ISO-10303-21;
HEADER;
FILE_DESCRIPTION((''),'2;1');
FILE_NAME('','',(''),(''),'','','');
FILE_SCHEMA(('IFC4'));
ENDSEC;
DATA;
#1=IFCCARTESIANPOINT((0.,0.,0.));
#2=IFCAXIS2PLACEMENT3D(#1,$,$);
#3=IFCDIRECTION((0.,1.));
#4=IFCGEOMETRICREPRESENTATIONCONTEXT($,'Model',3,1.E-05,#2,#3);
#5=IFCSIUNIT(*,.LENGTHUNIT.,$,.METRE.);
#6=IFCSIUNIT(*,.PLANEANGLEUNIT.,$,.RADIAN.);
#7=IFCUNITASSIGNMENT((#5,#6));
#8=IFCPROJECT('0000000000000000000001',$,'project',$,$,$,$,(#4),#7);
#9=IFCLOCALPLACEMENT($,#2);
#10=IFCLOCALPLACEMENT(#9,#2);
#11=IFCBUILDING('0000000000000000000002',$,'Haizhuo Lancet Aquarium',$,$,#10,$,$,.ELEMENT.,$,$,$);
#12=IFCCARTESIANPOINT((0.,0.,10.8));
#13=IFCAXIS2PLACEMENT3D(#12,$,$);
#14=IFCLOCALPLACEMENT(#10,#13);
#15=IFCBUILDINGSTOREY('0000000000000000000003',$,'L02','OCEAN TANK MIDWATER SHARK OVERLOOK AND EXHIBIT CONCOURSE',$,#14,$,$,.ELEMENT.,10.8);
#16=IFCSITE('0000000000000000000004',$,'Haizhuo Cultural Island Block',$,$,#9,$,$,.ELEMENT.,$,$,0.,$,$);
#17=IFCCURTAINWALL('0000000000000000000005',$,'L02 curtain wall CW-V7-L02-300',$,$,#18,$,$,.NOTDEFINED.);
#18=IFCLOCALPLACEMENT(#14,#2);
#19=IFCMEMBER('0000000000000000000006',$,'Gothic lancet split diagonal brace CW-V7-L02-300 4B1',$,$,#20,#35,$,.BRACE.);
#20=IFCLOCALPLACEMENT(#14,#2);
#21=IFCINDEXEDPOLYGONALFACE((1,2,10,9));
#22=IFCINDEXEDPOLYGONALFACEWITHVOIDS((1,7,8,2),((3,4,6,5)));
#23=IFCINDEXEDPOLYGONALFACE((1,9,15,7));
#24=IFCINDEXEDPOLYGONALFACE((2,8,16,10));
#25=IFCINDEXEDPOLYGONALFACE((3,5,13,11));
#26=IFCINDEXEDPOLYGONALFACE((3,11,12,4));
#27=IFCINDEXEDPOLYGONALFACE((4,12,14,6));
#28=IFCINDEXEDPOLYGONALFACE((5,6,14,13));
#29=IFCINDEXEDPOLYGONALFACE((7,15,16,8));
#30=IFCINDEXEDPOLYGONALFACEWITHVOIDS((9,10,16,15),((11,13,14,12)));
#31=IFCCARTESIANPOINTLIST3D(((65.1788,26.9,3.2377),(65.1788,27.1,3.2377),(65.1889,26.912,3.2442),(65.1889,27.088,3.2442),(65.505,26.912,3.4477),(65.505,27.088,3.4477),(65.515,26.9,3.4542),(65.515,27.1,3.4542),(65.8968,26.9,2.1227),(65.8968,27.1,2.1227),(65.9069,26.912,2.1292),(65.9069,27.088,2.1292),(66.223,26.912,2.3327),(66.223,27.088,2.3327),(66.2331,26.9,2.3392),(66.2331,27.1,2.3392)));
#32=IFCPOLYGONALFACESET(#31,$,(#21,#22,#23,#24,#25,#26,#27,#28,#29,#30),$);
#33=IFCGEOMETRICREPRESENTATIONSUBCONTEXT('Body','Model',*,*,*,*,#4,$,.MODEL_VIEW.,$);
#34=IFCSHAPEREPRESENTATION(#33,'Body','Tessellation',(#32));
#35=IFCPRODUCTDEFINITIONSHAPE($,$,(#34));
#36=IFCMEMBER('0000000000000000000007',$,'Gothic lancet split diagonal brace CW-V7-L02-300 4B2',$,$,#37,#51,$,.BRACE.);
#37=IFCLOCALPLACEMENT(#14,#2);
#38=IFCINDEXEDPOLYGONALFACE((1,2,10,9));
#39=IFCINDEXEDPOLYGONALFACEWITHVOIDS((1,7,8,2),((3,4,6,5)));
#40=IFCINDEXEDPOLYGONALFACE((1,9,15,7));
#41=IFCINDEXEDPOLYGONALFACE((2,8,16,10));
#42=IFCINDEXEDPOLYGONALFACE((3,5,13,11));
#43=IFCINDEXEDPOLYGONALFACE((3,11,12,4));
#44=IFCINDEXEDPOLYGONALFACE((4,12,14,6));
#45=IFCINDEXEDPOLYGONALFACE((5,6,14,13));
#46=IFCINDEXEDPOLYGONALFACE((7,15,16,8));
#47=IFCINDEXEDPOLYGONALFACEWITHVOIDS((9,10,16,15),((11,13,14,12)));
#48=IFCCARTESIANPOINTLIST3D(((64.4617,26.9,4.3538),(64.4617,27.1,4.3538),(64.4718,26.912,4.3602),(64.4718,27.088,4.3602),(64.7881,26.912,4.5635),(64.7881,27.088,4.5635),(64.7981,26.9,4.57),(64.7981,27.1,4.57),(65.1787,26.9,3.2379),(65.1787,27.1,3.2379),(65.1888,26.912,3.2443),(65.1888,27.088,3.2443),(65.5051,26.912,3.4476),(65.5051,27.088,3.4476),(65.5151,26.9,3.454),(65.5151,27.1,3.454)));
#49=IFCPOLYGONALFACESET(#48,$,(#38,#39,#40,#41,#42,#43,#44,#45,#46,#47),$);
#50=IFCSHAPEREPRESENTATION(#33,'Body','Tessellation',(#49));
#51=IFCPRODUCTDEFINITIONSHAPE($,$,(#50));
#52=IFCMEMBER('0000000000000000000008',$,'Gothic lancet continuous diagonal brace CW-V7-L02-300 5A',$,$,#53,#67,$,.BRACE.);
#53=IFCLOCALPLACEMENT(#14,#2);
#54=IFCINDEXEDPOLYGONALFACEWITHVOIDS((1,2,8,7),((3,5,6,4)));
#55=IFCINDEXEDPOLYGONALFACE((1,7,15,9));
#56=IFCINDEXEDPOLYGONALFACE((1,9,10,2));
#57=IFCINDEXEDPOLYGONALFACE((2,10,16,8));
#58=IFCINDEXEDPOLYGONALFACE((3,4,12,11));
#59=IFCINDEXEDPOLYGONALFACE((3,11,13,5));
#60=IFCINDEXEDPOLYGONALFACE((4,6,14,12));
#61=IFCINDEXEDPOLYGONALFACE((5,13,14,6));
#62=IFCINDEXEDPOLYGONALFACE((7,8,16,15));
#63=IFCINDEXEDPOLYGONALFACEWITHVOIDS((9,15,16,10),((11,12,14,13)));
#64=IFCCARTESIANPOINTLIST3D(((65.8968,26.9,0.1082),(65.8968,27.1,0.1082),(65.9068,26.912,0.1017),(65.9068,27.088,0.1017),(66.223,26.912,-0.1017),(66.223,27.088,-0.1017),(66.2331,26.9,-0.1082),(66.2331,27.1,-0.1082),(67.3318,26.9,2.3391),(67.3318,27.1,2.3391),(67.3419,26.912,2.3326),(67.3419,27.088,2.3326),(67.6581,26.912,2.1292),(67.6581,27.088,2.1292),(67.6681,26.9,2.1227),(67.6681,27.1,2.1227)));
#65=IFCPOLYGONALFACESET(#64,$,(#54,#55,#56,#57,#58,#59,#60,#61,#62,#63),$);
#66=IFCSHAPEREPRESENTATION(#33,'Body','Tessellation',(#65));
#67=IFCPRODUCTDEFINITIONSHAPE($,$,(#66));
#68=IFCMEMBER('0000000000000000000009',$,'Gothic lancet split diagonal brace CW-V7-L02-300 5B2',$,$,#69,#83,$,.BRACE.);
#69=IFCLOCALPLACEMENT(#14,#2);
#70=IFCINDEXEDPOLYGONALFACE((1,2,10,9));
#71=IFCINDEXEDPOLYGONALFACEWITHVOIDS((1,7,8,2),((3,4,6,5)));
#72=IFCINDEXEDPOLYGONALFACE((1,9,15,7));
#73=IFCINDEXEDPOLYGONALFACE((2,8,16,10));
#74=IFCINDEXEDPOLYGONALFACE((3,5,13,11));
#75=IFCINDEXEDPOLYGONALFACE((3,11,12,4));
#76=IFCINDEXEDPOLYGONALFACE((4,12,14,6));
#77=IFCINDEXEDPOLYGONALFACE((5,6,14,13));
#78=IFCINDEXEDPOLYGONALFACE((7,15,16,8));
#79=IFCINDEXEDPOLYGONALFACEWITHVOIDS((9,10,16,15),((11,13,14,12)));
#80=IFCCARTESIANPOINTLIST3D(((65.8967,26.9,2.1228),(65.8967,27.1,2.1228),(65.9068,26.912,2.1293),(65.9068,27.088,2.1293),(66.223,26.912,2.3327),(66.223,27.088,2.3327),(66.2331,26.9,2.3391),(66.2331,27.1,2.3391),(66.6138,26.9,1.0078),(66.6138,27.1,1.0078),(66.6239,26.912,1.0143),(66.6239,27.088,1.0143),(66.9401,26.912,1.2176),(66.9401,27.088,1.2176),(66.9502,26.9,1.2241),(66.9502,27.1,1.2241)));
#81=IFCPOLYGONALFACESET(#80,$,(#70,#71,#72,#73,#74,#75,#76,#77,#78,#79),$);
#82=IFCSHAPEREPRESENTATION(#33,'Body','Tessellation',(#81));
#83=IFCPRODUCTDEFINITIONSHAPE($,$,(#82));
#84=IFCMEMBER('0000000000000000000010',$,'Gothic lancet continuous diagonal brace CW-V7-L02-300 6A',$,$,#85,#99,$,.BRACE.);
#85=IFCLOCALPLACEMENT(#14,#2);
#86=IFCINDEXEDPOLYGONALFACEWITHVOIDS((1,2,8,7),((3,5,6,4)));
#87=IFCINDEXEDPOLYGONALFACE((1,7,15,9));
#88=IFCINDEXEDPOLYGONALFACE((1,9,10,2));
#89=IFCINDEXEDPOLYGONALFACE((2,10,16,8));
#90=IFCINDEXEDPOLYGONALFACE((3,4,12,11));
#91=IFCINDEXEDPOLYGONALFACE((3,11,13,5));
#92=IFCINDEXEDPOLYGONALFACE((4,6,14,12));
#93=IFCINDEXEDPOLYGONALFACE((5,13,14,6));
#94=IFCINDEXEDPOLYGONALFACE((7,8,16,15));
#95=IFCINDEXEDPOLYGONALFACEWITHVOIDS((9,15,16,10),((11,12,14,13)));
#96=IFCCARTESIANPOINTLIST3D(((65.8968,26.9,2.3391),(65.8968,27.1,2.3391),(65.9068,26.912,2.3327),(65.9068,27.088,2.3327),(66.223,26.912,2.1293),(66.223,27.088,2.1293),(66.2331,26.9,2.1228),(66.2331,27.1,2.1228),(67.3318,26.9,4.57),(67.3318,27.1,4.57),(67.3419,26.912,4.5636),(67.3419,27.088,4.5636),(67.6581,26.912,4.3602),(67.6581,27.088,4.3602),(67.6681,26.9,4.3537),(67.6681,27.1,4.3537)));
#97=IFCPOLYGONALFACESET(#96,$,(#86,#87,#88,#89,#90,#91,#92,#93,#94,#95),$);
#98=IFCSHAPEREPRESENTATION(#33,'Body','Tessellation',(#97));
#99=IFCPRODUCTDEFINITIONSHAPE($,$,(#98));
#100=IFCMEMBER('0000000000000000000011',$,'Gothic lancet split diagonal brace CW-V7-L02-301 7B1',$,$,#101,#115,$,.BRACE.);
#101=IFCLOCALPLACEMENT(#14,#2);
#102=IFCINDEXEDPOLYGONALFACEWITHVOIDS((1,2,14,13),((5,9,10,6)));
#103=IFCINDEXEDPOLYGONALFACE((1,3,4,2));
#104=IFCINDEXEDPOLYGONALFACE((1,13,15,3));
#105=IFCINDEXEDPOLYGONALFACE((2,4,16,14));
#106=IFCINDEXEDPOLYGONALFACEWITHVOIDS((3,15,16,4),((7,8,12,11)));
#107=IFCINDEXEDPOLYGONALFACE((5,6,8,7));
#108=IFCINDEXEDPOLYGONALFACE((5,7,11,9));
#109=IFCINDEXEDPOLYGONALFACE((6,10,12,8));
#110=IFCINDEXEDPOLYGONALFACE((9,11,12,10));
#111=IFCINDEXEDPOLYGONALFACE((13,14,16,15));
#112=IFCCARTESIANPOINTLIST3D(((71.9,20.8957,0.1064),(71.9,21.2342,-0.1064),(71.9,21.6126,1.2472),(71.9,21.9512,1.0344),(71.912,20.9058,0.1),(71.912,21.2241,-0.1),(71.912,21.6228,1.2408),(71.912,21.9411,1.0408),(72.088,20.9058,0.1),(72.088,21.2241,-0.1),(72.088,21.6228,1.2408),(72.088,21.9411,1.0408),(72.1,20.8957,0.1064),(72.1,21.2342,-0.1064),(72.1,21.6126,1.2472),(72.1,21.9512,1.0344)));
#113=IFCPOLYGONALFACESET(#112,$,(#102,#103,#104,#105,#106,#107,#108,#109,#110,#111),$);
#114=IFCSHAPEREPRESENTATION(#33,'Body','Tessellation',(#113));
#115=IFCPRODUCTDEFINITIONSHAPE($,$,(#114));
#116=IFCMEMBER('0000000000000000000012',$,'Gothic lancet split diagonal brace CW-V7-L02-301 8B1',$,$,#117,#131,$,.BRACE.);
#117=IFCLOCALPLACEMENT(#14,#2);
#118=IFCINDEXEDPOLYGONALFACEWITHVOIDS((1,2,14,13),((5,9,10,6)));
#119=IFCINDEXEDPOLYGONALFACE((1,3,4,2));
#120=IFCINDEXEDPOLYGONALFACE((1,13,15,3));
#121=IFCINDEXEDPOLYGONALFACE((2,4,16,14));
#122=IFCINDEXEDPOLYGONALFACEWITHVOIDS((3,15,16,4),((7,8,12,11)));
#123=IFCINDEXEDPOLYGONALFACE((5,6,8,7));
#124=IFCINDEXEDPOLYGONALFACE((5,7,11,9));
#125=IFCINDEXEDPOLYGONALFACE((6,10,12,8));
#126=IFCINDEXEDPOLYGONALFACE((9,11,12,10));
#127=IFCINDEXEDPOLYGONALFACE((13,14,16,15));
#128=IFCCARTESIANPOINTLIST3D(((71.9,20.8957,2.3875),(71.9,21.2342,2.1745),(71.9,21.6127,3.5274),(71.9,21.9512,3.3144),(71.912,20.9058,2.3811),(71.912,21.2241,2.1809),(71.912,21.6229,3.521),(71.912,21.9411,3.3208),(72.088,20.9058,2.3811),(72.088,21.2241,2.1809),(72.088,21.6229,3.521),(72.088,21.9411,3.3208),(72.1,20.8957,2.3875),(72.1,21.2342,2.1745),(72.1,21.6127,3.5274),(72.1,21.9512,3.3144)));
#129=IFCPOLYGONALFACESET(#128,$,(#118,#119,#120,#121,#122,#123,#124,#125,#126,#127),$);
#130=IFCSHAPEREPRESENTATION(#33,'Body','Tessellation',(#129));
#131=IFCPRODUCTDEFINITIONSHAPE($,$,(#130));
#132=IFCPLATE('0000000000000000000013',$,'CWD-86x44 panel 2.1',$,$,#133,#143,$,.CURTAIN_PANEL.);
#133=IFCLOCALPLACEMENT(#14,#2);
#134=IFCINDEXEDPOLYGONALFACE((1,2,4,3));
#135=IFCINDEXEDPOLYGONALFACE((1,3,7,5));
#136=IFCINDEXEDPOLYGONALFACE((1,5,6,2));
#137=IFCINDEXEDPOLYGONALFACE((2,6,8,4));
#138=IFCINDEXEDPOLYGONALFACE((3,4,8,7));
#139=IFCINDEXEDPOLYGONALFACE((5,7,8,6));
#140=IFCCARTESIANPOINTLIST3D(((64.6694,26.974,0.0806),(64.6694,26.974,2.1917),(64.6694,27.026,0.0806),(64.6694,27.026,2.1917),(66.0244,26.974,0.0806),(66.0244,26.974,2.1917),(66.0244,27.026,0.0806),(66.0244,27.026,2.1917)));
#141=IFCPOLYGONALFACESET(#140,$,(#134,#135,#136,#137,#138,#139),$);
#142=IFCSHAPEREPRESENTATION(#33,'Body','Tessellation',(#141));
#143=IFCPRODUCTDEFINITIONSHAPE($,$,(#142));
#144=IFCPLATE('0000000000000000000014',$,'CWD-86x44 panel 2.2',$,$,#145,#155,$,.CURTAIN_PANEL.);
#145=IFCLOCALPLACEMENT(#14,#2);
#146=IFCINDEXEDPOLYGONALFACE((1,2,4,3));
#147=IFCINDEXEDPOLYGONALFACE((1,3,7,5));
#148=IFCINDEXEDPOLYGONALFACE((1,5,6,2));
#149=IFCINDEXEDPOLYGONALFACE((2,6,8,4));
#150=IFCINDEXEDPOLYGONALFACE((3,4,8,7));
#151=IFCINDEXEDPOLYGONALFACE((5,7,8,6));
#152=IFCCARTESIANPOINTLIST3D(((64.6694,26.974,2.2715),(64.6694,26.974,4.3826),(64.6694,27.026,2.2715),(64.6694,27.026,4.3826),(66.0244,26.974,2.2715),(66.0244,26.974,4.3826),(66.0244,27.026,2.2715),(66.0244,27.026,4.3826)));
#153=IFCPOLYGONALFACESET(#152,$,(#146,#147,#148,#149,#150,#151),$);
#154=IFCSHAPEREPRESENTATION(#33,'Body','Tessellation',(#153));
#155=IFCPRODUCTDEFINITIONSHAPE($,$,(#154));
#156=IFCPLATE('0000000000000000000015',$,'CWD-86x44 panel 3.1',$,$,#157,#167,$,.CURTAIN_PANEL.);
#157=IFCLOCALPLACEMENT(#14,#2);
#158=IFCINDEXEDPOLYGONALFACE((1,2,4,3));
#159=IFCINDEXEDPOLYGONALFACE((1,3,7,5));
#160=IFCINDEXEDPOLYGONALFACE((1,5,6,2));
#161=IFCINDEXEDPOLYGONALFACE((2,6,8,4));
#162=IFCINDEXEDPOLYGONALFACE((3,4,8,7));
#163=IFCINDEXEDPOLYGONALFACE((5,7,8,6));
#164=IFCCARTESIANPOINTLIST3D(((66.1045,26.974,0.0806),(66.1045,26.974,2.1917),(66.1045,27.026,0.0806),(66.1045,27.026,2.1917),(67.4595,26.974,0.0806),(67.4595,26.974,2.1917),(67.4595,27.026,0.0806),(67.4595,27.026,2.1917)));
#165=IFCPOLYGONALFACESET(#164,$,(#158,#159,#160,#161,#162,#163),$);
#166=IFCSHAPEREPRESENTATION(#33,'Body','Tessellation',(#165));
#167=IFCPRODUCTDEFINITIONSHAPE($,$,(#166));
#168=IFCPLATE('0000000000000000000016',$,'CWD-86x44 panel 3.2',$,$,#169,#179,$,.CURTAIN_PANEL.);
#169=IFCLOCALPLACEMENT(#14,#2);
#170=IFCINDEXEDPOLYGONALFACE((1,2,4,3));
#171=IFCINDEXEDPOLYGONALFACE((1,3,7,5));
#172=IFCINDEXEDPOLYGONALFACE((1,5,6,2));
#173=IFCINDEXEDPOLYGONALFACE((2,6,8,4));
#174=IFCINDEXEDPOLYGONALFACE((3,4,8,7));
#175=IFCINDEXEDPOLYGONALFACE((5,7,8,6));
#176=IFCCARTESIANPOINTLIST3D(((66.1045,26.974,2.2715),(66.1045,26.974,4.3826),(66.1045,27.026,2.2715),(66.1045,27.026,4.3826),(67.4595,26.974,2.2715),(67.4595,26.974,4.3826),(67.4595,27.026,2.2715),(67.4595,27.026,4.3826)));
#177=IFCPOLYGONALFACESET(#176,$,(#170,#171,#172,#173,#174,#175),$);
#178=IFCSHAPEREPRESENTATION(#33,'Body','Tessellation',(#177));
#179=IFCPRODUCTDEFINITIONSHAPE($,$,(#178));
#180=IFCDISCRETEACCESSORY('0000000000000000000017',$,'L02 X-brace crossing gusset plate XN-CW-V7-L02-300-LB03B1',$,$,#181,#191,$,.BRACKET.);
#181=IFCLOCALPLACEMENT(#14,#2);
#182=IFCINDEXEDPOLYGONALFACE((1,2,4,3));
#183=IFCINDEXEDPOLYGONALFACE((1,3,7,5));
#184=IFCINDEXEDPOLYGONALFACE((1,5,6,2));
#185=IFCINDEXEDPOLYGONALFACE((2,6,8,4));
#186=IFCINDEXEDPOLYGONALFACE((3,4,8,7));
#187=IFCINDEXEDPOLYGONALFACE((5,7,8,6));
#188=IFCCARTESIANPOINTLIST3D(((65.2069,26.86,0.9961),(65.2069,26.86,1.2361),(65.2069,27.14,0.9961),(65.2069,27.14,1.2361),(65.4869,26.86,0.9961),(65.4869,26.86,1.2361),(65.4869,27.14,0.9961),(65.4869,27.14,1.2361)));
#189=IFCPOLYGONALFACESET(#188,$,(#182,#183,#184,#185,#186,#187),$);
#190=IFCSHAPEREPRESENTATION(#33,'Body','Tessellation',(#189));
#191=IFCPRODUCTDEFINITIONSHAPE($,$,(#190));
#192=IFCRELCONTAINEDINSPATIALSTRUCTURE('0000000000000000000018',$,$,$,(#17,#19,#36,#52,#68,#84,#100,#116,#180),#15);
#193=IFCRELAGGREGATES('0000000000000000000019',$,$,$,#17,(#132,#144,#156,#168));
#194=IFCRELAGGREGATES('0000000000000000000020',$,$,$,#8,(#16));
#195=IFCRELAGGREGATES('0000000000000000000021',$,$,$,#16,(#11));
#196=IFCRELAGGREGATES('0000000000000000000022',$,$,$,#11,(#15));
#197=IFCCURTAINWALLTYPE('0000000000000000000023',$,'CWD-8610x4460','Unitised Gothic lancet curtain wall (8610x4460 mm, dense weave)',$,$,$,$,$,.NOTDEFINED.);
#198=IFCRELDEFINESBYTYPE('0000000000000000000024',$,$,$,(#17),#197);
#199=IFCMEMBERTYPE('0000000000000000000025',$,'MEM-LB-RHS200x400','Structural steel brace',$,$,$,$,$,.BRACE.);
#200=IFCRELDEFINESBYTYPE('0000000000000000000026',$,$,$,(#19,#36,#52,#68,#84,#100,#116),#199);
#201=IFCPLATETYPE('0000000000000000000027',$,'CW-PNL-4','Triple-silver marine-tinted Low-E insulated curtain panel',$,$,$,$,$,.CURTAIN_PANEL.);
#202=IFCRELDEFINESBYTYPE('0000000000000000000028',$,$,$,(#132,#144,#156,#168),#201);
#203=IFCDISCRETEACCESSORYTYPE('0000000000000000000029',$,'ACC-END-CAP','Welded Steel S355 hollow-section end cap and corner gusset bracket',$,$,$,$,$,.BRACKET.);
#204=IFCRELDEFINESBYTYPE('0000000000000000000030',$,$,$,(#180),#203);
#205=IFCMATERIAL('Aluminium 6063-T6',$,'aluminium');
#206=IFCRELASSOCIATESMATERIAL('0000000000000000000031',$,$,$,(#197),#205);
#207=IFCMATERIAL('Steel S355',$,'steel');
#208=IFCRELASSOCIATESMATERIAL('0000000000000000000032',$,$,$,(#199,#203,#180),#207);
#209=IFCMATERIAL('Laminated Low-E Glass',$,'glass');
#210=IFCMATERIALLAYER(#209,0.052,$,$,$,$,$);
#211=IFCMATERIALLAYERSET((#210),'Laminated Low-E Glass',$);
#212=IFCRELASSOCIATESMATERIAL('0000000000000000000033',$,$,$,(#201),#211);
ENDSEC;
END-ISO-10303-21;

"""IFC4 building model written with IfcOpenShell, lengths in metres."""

from ifc_helpers import new_model, si_unit, direction, frame, origin, origin_2d, place, context, subcontext, project, spatial, rectangle, hollow_rectangle, extrude, material, layer, layer_set, material_profile, profile_set, type_object, element, aggregate, save


model = new_model("IFC4")

# Units and contexts
model_context = context("Model", 3, precision=1e-05, world=origin(), true_north=direction((0.0, 1.0)))
body_context = subcontext(model_context, "Body", "Model", "MODEL_VIEW")
ifc_project = project(units=[si_unit("LENGTHUNIT", "METRE"), si_unit("PLANEANGLEUNIT", "RADIAN")], contexts=[model_context])

# Site, building, storey
site_placement = place(None, origin())
site = spatial("IfcSite", under=ifc_project, at=site_placement, Name="Haizhuo Cultural Island Block", CompositionType="ELEMENT", RefElevation=0.0)
building_placement = place(site_placement, origin())
building = spatial("IfcBuilding", under=site, at=building_placement, Name="Haizhuo Lancet Aquarium", CompositionType="ELEMENT")
storey_placement = place(building_placement, frame((0.0, 0.0, 10.8)))
storey = spatial("IfcBuildingStorey", under=building, at=storey_placement, Name="L02", Description="OCEAN TANK MIDWATER SHARK OVERLOOK AND EXHIBIT CONCOURSE", CompositionType="ELEMENT", Elevation=10.8)

# Curtain wall
ifc_material_1 = material(Name="Aluminium 6063-T6", Category="aluminium")
curtain_wall_type_1 = type_object("IfcCurtainWallType", Name="CWD-8610x4460", Description="Unitised Gothic lancet curtain wall (8610x4460 mm, dense weave)", PredefinedType="NOTDEFINED", material=ifc_material_1)
curtain_wall_1_placement = place(storey_placement, origin())
curtain_wall_1 = element("IfcCurtainWall", 1, at=curtain_wall_1_placement, inside=storey, type_object=curtain_wall_type_1, Name="L02 curtain wall CW-V7-L02-300", PredefinedType="NOTDEFINED")

# Members
ifc_material_2 = material(Name="Steel S355", Category="steel")
ifc_material_profile_1 = material_profile(ifc_material_2, hollow_rectangle(XDim=0.2, YDim=0.3999, WallThickness=0.012, at=origin_2d()), Name="RHS 200x400x12")
ifc_profile_set_1 = profile_set([ifc_material_profile_1], Name="Steel S355")
member_type_1 = type_object("IfcMemberType", Name="MEM-LB-RHS200x400", Description="Structural steel brace", PredefinedType="BRACE", material=ifc_profile_set_1)
member_1_placement = place(storey_placement, frame((66.0649, 27.0, 2.231), z_axis=(-0.541418, 0.0, 0.840754), x_axis=(0.0, -1.0, 0.0)))
element("IfcMember", 2, at=member_1_placement, inside=storey, type_object=member_type_1, Name="Gothic lancet split diagonal brace CW-V7-L02-300 4B1", PredefinedType="BRACE", context=body_context, shape_type="SweptSolid", body=[
    extrude(hollow_rectangle(XDim=0.2, YDim=0.3999, WallThickness=0.012, at=origin_2d()), origin(), (0.0, 0.0, 1.0), 1.3262),
])
member_2_placement = place(storey_placement, frame((65.3469, 27.0, 3.3459), z_axis=(-0.540562, 0.0, 0.841304), x_axis=(0.0, -1.0, 0.0)))
element("IfcMember", 3, at=member_2_placement, inside=storey, type_object=member_type_1, Name="Gothic lancet split diagonal brace CW-V7-L02-300 4B2", PredefinedType="BRACE", context=body_context, shape_type="SweptSolid", body=[
    extrude(hollow_rectangle(XDim=0.2, YDim=0.3999, WallThickness=0.012, at=origin_2d()), origin(), (0.0, 0.0, 1.0), 1.3264),
])
member_3_placement = place(storey_placement, frame((66.0649, 27.0, 0.0), z_axis=(0.54099, 0.0, 0.841029), x_axis=(0.0, 1.0, 0.0)))
element("IfcMember", 4, at=member_3_placement, inside=storey, type_object=member_type_1, Name="Gothic lancet continuous diagonal brace CW-V7-L02-300 5A", PredefinedType="BRACE", context=body_context, shape_type="SweptSolid", body=[
    extrude(hollow_rectangle(XDim=0.2, YDim=0.3999, WallThickness=0.012, at=origin_2d()), origin(), (0.0, 0.0, 1.0), 2.6526),
])
member_4_placement = place(storey_placement, frame((66.782, 27.0, 1.116), z_axis=(-0.540897, 0.0, 0.841089), x_axis=(0.0, -1.0, 0.0)))
element("IfcMember", 5, at=member_4_placement, inside=storey, type_object=member_type_1, Name="Gothic lancet split diagonal brace CW-V7-L02-300 5B2", PredefinedType="BRACE", context=body_context, shape_type="SweptSolid", body=[
    extrude(hollow_rectangle(XDim=0.2, YDim=0.3999, WallThickness=0.012, at=origin_2d()), origin(), (0.0, 0.0, 1.0), 1.3257),
])
member_5_placement = place(storey_placement, frame((66.0649, 27.0, 2.231), z_axis=(0.54099, 0.0, 0.841029), x_axis=(0.0, 1.0, 0.0)))
element("IfcMember", 6, at=member_5_placement, inside=storey, type_object=member_type_1, Name="Gothic lancet continuous diagonal brace CW-V7-L02-300 6A", PredefinedType="BRACE", context=body_context, shape_type="SweptSolid", body=[
    extrude(hollow_rectangle(XDim=0.2, YDim=0.3999, WallThickness=0.012, at=origin_2d()), origin(), (0.0, 0.0, 1.0), 2.6526),
])
member_6_placement = place(storey_placement, frame((72.0, 21.0649, 0.0), z_axis=(0.0, 0.532131, 0.846662), x_axis=(-1.0, 0.0, 0.0)))
element("IfcMember", 7, at=member_6_placement, inside=storey, type_object=member_type_1, Name="Gothic lancet split diagonal brace CW-V7-L02-301 7B1", PredefinedType="BRACE", context=body_context, shape_type="SweptSolid", body=[
    extrude(hollow_rectangle(XDim=0.2, YDim=0.3999, WallThickness=0.012, at=origin_2d()), origin(), (0.0, 0.0, 1.0), 1.3474),
])
member_7_placement = place(storey_placement, frame((72.0, 21.0649, 2.281), z_axis=(0.0, 0.532457, 0.846457), x_axis=(-1.0, 0.0, 0.0)))
element("IfcMember", 8, at=member_7_placement, inside=storey, type_object=member_type_1, Name="Gothic lancet split diagonal brace CW-V7-L02-301 8B1", PredefinedType="BRACE", context=body_context, shape_type="SweptSolid", body=[
    extrude(hollow_rectangle(XDim=0.2, YDim=0.3999, WallThickness=0.012, at=origin_2d()), origin(), (0.0, 0.0, 1.0), 1.3467),
])

# Plates
ifc_material_3 = material(Name="Laminated Low-E Glass", Category="glass")
ifc_layer = layer(ifc_material_3, 0.052)
ifc_layer_set = layer_set([ifc_layer], Name="Laminated Low-E Glass")
plate_type = type_object("IfcPlateType", Name="CW-PNL-4", Description="Triple-silver marine-tinted Low-E insulated curtain panel", PredefinedType="CURTAIN_PANEL", material=ifc_layer_set)
plate_1_placement = place(storey_placement, frame((65.3469, 27.0, 0.0806), z_axis=(0.0, 0.0, 1.0), x_axis=(1.0, 0.0, 0.0)))
plate_1 = element("IfcPlate", 9, at=plate_1_placement, type_object=plate_type, Name="CWD-86x44 panel 2.1", PredefinedType="CURTAIN_PANEL", context=body_context, shape_type="SweptSolid", body=[
    extrude(rectangle(XDim=1.355, YDim=0.052, at=origin_2d()), origin(), (0.0, 0.0, 1.0), 2.1111),
])
plate_2_placement = place(storey_placement, frame((65.3469, 27.0, 2.2715), z_axis=(0.0, 0.0, 1.0), x_axis=(1.0, 0.0, 0.0)))
plate_2 = element("IfcPlate", 10, at=plate_2_placement, type_object=plate_type, Name="CWD-86x44 panel 2.2", PredefinedType="CURTAIN_PANEL", context=body_context, shape_type="SweptSolid", body=[
    extrude(rectangle(XDim=1.355, YDim=0.052, at=origin_2d()), origin(), (0.0, 0.0, 1.0), 2.1111),
])
plate_3_placement = place(storey_placement, frame((66.782, 27.0, 0.0806), z_axis=(0.0, 0.0, 1.0), x_axis=(1.0, 0.0, 0.0)))
plate_3 = element("IfcPlate", 11, at=plate_3_placement, type_object=plate_type, Name="CWD-86x44 panel 3.1", PredefinedType="CURTAIN_PANEL", context=body_context, shape_type="SweptSolid", body=[
    extrude(rectangle(XDim=1.355, YDim=0.052, at=origin_2d()), origin(), (0.0, 0.0, 1.0), 2.1111),
])
plate_4_placement = place(storey_placement, frame((66.782, 27.0, 2.2715), z_axis=(0.0, 0.0, 1.0), x_axis=(1.0, 0.0, 0.0)))
plate_4 = element("IfcPlate", 12, at=plate_4_placement, type_object=plate_type, Name="CWD-86x44 panel 3.2", PredefinedType="CURTAIN_PANEL", context=body_context, shape_type="SweptSolid", body=[
    extrude(rectangle(XDim=1.355, YDim=0.052, at=origin_2d()), origin(), (0.0, 0.0, 1.0), 2.1111),
])
aggregate(curtain_wall_1, [plate_1, plate_2, plate_3, plate_4])

# Discrete accessory
discrete_accessory_type = type_object("IfcDiscreteAccessoryType", Name="ACC-END-CAP", Description="Welded Steel S355 hollow-section end cap and corner gusset bracket", PredefinedType="BRACKET", material=ifc_material_2)
for number, where, z_axis, x_axis, name in (
    (13, (65.3469, 27.0, 0.9961), (0.0, 0.0, 1.0), (1.0, 0.0, 0.0), "L02 X-brace crossing gusset plate XN-CW-V7-L02-300-LB03B1"),
):
    element("IfcDiscreteAccessory", number, at=place(storey_placement, frame(where, z_axis=z_axis, x_axis=x_axis)), inside=storey, type_object=discrete_accessory_type, material=ifc_material_2, Name=name, PredefinedType="BRACKET", context=body_context, shape_type="SweptSolid", body=[
        extrude(rectangle(XDim=0.28, YDim=0.28, at=origin_2d()), origin(), (0.0, 0.0, 1.0), 0.24),
    ])

save(model, "model.ifc")
